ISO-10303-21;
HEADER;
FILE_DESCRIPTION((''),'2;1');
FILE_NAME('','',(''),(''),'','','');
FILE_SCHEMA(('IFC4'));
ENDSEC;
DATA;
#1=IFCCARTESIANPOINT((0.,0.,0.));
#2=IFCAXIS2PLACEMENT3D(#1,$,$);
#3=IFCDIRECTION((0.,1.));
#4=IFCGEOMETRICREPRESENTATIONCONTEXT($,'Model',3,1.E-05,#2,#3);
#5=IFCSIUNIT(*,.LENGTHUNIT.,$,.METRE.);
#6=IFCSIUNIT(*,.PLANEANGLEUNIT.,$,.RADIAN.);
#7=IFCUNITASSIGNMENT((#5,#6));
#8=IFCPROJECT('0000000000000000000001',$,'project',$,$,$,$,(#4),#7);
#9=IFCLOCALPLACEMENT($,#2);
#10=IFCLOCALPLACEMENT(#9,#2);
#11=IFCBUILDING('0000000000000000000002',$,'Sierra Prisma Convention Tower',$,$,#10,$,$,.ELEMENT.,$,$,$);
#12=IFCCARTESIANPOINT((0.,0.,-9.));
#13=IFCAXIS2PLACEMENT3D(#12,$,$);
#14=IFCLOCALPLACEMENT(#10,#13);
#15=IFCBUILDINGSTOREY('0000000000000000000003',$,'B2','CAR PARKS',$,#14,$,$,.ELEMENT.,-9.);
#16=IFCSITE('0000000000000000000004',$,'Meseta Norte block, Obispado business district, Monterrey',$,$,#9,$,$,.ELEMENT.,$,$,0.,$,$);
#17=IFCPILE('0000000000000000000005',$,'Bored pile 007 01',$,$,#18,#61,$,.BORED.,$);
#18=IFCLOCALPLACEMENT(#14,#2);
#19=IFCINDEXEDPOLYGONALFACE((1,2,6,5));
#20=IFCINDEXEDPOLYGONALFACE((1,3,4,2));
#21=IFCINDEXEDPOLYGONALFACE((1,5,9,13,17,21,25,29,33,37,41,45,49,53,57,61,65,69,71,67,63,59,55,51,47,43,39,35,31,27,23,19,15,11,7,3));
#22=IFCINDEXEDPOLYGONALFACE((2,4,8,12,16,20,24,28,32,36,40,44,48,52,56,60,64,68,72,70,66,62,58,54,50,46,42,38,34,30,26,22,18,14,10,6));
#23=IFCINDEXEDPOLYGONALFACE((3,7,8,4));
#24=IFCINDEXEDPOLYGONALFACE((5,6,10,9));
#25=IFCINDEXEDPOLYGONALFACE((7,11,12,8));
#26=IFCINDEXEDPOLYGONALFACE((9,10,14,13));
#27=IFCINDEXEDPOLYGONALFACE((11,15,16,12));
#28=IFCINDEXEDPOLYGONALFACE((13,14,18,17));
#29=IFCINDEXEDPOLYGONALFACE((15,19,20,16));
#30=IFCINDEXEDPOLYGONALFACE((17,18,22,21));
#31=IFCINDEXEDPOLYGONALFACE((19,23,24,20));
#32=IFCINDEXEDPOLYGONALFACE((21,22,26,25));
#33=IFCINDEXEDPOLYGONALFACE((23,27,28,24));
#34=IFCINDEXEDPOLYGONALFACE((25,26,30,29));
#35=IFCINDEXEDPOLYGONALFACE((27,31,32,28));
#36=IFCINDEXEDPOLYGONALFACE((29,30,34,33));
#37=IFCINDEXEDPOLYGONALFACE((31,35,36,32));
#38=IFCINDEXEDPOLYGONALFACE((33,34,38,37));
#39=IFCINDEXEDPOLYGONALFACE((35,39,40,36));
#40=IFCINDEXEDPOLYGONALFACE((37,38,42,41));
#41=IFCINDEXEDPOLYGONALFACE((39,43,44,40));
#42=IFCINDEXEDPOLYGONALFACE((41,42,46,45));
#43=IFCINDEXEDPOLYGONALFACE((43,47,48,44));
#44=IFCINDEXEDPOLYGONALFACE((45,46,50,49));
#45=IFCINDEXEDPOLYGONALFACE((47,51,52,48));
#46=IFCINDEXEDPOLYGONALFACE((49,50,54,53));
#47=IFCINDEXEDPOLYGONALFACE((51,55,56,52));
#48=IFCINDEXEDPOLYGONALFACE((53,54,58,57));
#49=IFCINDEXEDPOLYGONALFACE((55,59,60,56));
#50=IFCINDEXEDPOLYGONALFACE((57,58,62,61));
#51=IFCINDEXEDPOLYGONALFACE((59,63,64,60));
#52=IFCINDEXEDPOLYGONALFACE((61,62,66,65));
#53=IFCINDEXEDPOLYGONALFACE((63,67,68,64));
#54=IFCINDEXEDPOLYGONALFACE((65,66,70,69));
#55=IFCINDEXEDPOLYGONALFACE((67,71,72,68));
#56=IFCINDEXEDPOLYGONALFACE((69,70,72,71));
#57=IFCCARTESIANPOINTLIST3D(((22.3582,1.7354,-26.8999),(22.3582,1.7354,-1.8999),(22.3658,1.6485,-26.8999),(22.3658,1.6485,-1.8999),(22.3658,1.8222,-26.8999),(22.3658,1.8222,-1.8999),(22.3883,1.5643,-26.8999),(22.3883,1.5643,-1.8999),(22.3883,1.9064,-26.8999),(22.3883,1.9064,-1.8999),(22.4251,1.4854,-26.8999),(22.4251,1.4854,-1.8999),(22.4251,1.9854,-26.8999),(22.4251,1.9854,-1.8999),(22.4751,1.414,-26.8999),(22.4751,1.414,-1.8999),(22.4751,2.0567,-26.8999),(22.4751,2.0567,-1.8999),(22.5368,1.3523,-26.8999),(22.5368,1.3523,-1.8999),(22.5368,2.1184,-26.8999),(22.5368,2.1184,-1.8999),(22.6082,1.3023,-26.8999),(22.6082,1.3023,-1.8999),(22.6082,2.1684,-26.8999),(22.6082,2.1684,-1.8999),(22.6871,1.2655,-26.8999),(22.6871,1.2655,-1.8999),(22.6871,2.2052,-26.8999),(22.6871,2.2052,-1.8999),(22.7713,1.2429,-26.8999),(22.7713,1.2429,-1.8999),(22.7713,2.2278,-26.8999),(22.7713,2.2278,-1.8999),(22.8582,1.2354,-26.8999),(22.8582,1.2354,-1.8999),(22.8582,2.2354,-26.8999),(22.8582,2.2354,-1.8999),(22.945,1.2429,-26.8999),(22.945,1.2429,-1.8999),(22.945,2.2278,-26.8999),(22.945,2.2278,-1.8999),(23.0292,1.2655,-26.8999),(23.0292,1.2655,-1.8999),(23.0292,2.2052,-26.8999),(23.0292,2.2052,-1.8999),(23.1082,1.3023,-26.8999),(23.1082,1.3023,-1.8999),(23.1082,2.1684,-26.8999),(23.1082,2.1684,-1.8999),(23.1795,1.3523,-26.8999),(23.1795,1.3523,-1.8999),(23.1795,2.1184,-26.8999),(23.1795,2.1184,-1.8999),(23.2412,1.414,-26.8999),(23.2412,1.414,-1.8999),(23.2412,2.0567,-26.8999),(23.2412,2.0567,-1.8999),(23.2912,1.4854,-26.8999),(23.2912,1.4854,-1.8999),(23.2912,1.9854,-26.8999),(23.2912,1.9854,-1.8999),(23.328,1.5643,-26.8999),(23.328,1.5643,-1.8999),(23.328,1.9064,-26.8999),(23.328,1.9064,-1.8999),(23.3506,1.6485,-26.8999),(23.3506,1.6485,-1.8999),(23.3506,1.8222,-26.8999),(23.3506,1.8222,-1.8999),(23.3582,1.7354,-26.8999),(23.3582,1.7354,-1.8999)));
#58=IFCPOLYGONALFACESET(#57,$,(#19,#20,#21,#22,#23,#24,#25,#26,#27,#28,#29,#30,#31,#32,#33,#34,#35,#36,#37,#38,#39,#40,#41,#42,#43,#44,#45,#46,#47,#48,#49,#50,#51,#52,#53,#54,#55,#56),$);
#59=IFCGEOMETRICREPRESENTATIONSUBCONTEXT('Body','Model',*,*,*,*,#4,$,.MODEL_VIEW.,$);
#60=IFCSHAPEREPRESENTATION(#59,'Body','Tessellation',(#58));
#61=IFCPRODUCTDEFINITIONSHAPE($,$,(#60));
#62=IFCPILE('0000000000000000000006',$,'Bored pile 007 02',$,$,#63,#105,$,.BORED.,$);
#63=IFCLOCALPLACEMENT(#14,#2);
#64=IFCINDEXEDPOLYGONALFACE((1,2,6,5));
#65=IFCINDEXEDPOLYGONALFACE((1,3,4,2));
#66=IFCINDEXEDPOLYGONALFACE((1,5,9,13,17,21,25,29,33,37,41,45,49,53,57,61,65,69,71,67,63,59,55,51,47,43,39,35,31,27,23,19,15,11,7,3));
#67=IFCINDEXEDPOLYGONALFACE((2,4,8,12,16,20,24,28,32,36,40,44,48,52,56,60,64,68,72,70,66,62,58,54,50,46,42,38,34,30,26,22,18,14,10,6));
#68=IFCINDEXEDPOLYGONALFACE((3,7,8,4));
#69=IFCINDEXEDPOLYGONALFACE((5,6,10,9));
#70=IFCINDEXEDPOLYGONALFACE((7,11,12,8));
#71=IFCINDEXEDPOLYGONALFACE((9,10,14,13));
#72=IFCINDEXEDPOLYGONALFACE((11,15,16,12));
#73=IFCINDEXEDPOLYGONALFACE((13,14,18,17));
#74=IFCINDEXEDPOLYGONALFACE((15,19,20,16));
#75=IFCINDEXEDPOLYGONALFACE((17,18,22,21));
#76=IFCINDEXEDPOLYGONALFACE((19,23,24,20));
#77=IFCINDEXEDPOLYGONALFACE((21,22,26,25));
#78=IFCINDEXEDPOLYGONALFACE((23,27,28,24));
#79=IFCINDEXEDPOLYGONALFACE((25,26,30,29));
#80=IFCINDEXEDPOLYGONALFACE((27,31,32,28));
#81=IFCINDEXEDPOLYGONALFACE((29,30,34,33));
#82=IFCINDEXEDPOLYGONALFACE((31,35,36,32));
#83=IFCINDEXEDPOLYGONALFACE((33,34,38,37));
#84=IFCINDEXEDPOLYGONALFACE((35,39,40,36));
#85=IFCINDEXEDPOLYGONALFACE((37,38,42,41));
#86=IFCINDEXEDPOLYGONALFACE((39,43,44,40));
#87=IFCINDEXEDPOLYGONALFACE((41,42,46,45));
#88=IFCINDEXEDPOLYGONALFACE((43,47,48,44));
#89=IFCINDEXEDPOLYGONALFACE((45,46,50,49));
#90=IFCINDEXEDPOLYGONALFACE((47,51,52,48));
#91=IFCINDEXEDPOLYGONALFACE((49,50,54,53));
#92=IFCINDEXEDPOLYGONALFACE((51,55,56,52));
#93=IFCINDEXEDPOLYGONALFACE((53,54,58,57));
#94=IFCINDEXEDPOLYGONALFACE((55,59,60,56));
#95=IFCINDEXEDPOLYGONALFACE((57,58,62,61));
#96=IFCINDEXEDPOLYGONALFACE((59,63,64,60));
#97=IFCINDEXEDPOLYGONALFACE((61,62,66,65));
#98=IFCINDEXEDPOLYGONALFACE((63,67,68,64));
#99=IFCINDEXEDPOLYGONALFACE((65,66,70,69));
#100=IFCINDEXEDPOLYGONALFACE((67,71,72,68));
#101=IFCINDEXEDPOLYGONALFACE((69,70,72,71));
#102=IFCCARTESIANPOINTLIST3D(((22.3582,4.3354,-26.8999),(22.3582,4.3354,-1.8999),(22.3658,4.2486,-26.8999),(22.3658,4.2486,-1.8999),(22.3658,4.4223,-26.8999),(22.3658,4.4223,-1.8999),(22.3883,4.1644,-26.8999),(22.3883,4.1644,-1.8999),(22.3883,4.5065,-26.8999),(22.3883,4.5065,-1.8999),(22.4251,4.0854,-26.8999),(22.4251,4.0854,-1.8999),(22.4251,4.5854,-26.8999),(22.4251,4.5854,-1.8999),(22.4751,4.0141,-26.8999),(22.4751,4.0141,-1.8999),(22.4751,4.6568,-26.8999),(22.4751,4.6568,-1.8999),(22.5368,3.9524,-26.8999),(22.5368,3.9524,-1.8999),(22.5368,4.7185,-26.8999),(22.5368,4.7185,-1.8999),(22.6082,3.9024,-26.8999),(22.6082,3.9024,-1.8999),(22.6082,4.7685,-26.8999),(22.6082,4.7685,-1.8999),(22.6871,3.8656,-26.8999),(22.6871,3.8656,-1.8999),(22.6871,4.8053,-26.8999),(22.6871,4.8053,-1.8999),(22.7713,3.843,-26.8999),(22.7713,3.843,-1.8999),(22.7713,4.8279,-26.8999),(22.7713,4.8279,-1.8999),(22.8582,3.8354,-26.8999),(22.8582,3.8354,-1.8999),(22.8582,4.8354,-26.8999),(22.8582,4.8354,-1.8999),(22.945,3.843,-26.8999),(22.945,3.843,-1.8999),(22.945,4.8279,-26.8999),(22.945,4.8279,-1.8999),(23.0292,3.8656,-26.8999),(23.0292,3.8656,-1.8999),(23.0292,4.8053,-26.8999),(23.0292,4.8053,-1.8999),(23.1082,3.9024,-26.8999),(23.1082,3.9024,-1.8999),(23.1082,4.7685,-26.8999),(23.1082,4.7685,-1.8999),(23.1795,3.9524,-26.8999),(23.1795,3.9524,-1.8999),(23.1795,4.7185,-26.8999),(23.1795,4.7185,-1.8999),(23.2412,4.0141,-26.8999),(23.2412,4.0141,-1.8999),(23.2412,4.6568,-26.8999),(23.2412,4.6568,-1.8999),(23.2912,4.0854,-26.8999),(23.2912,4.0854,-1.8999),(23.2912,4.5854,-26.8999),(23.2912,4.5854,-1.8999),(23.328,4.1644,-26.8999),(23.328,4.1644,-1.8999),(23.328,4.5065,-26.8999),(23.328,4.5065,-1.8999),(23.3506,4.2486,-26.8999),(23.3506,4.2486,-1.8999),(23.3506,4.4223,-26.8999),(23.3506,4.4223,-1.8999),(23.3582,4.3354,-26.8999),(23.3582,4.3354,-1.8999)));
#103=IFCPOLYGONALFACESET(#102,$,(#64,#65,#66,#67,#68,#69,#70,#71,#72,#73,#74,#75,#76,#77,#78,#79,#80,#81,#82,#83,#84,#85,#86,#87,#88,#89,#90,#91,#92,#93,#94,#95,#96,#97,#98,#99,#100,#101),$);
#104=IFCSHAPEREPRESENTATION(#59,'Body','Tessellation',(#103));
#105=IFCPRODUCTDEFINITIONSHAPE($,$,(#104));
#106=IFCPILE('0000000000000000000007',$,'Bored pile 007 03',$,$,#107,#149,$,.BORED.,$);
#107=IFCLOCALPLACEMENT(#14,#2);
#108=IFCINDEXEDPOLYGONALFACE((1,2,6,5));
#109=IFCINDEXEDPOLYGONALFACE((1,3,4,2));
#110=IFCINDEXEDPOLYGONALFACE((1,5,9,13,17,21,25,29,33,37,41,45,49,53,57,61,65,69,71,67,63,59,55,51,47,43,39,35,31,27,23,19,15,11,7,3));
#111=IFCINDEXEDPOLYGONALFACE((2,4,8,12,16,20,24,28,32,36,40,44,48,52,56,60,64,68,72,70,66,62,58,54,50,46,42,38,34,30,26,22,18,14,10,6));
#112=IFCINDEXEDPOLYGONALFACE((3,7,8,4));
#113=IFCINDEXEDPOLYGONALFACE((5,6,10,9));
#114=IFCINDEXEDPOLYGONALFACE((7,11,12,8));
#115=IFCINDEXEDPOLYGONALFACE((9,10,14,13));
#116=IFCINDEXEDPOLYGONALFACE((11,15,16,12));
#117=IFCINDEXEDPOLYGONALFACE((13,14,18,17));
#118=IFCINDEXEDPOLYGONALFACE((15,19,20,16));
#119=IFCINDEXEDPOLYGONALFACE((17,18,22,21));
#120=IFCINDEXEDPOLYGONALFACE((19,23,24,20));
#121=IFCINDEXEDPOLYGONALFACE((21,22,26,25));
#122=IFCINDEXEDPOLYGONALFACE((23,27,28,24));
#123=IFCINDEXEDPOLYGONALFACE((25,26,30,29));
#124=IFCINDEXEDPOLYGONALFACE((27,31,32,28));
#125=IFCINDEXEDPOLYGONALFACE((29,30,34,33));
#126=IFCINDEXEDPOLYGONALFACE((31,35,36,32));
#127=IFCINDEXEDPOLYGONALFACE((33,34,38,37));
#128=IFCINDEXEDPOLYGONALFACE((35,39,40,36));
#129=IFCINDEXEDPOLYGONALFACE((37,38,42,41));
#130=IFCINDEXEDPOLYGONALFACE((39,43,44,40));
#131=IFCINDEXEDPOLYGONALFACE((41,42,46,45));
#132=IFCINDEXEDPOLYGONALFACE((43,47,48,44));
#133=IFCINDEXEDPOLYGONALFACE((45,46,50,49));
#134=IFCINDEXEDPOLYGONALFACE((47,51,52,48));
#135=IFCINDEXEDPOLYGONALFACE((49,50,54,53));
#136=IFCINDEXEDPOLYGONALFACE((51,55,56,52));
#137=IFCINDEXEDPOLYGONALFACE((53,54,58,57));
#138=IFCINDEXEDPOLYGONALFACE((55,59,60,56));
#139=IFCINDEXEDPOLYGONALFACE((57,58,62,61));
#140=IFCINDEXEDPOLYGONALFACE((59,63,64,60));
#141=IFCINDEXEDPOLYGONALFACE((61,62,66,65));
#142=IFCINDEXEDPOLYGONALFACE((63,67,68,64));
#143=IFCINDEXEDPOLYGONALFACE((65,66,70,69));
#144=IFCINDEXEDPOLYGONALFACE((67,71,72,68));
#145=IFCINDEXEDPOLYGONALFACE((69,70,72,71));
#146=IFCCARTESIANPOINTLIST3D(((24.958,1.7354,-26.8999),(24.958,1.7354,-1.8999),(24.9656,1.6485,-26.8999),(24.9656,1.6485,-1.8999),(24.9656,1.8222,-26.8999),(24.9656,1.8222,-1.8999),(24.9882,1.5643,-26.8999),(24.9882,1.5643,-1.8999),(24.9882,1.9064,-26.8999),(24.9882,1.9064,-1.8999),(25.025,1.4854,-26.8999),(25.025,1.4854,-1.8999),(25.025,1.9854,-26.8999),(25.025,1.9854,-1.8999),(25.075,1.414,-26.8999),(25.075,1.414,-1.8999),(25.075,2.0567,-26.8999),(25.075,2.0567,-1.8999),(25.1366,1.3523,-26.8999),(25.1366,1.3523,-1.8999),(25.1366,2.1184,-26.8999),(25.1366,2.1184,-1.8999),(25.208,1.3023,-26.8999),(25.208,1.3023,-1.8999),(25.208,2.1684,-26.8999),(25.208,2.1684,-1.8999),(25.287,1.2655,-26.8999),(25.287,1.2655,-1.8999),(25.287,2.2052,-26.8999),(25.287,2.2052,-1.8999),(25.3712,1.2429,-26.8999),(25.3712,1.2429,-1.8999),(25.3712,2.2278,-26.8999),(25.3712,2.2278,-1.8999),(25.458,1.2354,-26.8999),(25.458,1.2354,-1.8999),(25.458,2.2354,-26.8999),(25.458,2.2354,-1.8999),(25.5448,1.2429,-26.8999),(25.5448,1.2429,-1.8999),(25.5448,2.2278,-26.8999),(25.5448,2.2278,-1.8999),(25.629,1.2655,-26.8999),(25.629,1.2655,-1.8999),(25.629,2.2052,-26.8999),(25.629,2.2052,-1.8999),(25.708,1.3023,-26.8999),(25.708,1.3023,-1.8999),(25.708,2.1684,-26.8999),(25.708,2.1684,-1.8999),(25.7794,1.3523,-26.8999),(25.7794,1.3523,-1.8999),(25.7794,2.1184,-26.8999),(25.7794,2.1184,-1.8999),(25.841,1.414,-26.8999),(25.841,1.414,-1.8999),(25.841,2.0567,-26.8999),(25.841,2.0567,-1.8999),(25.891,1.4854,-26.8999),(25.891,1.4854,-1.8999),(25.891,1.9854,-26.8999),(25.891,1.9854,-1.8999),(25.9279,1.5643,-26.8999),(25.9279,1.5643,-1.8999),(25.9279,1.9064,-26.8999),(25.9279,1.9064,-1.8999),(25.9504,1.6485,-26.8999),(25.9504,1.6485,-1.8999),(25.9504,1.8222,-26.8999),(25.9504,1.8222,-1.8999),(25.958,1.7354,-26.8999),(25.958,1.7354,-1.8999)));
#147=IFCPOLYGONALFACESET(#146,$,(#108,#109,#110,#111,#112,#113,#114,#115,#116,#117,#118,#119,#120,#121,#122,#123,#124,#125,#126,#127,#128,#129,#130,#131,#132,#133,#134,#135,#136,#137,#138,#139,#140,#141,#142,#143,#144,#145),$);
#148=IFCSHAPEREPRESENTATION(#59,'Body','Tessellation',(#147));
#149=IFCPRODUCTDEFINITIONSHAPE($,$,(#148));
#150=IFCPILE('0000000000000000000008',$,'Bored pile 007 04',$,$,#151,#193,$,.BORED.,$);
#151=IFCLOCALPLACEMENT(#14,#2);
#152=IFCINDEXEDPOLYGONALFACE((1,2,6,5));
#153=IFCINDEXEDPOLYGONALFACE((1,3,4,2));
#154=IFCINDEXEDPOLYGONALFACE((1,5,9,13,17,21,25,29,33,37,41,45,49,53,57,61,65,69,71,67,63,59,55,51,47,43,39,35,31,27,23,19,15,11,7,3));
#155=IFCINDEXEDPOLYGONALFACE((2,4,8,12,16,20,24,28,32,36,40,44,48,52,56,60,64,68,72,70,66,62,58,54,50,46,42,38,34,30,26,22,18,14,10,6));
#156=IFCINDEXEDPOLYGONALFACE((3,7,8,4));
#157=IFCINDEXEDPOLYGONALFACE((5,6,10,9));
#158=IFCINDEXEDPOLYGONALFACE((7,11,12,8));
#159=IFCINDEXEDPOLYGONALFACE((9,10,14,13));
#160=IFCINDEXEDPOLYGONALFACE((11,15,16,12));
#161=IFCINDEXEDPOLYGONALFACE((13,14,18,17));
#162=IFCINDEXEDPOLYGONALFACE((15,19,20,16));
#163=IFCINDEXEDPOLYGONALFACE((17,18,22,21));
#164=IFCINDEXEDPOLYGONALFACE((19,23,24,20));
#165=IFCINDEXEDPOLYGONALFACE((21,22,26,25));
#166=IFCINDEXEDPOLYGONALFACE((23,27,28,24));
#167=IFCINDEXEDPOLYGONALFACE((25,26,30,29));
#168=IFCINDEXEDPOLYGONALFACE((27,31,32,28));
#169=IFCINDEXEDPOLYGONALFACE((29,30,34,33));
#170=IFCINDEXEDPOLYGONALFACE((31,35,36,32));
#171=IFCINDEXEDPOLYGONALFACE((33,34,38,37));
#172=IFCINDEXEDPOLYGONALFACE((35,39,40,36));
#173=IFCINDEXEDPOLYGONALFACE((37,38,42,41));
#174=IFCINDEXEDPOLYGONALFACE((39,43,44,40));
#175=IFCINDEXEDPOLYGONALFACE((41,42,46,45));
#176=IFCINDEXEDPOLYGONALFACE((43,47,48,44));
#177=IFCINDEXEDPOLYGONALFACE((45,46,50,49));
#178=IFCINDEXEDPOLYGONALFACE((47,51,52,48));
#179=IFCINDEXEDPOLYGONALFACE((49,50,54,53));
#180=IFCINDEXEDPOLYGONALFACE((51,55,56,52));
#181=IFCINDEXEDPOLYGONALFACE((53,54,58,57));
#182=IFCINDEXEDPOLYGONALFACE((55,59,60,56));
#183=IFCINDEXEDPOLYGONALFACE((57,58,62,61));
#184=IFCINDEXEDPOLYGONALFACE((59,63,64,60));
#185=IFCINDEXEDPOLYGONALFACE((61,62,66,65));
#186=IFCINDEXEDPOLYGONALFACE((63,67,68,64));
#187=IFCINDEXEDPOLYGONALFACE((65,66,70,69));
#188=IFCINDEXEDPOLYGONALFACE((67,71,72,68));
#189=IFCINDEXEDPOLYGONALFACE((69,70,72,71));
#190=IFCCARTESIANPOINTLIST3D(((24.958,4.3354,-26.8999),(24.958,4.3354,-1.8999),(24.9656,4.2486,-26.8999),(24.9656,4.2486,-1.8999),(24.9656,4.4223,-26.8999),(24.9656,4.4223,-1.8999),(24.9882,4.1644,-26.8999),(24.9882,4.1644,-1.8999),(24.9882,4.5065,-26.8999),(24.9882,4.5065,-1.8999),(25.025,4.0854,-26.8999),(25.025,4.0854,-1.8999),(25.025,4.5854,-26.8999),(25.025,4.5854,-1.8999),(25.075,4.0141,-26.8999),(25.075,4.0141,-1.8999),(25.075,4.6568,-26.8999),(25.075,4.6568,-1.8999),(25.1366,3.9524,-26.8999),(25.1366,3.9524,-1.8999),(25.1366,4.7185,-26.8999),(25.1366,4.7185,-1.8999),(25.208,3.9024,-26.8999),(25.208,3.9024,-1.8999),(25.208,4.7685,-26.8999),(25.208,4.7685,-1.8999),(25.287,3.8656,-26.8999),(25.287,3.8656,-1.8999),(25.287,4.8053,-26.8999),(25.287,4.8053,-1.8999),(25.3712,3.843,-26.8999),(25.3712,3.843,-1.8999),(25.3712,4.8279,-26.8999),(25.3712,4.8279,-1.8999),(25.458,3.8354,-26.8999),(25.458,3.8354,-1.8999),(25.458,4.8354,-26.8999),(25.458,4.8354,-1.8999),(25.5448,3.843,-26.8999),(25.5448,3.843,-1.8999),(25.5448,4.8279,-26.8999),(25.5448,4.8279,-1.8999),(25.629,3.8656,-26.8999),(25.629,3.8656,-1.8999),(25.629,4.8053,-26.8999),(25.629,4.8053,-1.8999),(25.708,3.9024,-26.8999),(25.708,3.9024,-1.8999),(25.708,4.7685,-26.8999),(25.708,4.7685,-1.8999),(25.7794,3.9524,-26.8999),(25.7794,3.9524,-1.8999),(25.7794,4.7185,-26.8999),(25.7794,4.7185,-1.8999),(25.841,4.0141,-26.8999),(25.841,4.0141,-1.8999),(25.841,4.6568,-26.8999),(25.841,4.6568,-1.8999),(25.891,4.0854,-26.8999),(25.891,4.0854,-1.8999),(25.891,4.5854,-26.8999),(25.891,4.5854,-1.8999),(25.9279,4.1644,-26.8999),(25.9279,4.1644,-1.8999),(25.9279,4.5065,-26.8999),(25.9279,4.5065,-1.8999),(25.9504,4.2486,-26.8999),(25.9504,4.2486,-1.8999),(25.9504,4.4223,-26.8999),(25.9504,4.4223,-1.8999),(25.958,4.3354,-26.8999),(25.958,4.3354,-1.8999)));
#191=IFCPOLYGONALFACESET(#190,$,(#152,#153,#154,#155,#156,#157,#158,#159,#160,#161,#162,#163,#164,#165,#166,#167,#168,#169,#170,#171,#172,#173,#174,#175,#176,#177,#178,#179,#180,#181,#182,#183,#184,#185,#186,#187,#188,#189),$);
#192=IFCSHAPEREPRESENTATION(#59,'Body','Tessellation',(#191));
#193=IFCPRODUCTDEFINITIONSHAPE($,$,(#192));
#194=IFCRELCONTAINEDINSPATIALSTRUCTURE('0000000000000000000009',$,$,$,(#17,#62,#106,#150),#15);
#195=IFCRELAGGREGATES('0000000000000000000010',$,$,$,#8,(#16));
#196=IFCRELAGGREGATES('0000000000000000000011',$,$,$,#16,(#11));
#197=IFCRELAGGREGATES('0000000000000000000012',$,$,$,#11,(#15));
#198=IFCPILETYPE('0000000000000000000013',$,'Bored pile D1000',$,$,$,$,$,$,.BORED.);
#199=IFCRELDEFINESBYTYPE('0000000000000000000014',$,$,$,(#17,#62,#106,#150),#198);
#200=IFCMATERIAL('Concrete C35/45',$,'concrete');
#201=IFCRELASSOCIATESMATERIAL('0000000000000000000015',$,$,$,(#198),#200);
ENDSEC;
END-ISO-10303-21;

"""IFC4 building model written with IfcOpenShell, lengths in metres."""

from ifc_helpers import new_model, si_unit, direction, frame, origin, origin_2d, place, context, subcontext, project, spatial, circle, extrude, material, material_profile, profile_set, type_object, element, save


model = new_model("IFC4")

# Units and contexts
model_context = context("Model", 3, precision=1e-05, world=origin(), true_north=direction((0.0, 1.0)))
body_context = subcontext(model_context, "Body", "Model", "MODEL_VIEW")
ifc_project = project(units=[si_unit("LENGTHUNIT", "METRE"), si_unit("PLANEANGLEUNIT", "RADIAN")], contexts=[model_context])

# Site, building, storey
site_placement = place(None, origin())
site = spatial("IfcSite", under=ifc_project, at=site_placement, Name="Meseta Norte block, Obispado business district, Monterrey", CompositionType="ELEMENT", RefElevation=0.0)
building_placement = place(site_placement, origin())
building = spatial("IfcBuilding", under=site, at=building_placement, Name="Sierra Prisma Convention Tower", CompositionType="ELEMENT")
storey_placement = place(building_placement, frame((0.0, 0.0, -9.0)))
storey = spatial("IfcBuildingStorey", under=building, at=storey_placement, Name="B2", Description="CAR PARKS", CompositionType="ELEMENT", Elevation=-9.0)

# Piles
ifc_material_1 = material(Name="Concrete C35/45", Category="concrete")
ifc_material_profile_1 = material_profile(ifc_material_1, circle(Radius=0.5, at=origin_2d()), Name="D1000")
ifc_profile_set_1 = profile_set([ifc_material_profile_1], Name="Concrete C35/45")
pile_type_1 = type_object("IfcPileType", Name="Bored pile D1000", PredefinedType="BORED", material=ifc_profile_set_1)
for number, where, z_axis, x_axis, name in (
    (1, (22.8582, 1.7354, -1.8999), (0.0, 0.0, -1.0), (1.0, 0.0, 0.0), "Bored pile 007 01"),
    (2, (22.8582, 4.3354, -1.8999), (0.0, 0.0, -1.0), (1.0, 0.0, 0.0), "Bored pile 007 02"),
    (3, (25.458, 1.7354, -1.8999), (0.0, 0.0, -1.0), (1.0, 0.0, 0.0), "Bored pile 007 03"),
    (4, (25.458, 4.3354, -1.8999), (0.0, 0.0, -1.0), (1.0, 0.0, 0.0), "Bored pile 007 04"),
):
    element("IfcPile", number, at=place(storey_placement, frame(where, z_axis=z_axis, x_axis=x_axis)), inside=storey, type_object=pile_type_1, Name=name, PredefinedType="BORED", context=body_context, shape_type="SweptSolid", body=[
        extrude(circle(Radius=0.5, at=origin_2d()), origin(), (0.0, 0.0, 1.0), 25.0),
    ])

save(model, "model.ifc")
